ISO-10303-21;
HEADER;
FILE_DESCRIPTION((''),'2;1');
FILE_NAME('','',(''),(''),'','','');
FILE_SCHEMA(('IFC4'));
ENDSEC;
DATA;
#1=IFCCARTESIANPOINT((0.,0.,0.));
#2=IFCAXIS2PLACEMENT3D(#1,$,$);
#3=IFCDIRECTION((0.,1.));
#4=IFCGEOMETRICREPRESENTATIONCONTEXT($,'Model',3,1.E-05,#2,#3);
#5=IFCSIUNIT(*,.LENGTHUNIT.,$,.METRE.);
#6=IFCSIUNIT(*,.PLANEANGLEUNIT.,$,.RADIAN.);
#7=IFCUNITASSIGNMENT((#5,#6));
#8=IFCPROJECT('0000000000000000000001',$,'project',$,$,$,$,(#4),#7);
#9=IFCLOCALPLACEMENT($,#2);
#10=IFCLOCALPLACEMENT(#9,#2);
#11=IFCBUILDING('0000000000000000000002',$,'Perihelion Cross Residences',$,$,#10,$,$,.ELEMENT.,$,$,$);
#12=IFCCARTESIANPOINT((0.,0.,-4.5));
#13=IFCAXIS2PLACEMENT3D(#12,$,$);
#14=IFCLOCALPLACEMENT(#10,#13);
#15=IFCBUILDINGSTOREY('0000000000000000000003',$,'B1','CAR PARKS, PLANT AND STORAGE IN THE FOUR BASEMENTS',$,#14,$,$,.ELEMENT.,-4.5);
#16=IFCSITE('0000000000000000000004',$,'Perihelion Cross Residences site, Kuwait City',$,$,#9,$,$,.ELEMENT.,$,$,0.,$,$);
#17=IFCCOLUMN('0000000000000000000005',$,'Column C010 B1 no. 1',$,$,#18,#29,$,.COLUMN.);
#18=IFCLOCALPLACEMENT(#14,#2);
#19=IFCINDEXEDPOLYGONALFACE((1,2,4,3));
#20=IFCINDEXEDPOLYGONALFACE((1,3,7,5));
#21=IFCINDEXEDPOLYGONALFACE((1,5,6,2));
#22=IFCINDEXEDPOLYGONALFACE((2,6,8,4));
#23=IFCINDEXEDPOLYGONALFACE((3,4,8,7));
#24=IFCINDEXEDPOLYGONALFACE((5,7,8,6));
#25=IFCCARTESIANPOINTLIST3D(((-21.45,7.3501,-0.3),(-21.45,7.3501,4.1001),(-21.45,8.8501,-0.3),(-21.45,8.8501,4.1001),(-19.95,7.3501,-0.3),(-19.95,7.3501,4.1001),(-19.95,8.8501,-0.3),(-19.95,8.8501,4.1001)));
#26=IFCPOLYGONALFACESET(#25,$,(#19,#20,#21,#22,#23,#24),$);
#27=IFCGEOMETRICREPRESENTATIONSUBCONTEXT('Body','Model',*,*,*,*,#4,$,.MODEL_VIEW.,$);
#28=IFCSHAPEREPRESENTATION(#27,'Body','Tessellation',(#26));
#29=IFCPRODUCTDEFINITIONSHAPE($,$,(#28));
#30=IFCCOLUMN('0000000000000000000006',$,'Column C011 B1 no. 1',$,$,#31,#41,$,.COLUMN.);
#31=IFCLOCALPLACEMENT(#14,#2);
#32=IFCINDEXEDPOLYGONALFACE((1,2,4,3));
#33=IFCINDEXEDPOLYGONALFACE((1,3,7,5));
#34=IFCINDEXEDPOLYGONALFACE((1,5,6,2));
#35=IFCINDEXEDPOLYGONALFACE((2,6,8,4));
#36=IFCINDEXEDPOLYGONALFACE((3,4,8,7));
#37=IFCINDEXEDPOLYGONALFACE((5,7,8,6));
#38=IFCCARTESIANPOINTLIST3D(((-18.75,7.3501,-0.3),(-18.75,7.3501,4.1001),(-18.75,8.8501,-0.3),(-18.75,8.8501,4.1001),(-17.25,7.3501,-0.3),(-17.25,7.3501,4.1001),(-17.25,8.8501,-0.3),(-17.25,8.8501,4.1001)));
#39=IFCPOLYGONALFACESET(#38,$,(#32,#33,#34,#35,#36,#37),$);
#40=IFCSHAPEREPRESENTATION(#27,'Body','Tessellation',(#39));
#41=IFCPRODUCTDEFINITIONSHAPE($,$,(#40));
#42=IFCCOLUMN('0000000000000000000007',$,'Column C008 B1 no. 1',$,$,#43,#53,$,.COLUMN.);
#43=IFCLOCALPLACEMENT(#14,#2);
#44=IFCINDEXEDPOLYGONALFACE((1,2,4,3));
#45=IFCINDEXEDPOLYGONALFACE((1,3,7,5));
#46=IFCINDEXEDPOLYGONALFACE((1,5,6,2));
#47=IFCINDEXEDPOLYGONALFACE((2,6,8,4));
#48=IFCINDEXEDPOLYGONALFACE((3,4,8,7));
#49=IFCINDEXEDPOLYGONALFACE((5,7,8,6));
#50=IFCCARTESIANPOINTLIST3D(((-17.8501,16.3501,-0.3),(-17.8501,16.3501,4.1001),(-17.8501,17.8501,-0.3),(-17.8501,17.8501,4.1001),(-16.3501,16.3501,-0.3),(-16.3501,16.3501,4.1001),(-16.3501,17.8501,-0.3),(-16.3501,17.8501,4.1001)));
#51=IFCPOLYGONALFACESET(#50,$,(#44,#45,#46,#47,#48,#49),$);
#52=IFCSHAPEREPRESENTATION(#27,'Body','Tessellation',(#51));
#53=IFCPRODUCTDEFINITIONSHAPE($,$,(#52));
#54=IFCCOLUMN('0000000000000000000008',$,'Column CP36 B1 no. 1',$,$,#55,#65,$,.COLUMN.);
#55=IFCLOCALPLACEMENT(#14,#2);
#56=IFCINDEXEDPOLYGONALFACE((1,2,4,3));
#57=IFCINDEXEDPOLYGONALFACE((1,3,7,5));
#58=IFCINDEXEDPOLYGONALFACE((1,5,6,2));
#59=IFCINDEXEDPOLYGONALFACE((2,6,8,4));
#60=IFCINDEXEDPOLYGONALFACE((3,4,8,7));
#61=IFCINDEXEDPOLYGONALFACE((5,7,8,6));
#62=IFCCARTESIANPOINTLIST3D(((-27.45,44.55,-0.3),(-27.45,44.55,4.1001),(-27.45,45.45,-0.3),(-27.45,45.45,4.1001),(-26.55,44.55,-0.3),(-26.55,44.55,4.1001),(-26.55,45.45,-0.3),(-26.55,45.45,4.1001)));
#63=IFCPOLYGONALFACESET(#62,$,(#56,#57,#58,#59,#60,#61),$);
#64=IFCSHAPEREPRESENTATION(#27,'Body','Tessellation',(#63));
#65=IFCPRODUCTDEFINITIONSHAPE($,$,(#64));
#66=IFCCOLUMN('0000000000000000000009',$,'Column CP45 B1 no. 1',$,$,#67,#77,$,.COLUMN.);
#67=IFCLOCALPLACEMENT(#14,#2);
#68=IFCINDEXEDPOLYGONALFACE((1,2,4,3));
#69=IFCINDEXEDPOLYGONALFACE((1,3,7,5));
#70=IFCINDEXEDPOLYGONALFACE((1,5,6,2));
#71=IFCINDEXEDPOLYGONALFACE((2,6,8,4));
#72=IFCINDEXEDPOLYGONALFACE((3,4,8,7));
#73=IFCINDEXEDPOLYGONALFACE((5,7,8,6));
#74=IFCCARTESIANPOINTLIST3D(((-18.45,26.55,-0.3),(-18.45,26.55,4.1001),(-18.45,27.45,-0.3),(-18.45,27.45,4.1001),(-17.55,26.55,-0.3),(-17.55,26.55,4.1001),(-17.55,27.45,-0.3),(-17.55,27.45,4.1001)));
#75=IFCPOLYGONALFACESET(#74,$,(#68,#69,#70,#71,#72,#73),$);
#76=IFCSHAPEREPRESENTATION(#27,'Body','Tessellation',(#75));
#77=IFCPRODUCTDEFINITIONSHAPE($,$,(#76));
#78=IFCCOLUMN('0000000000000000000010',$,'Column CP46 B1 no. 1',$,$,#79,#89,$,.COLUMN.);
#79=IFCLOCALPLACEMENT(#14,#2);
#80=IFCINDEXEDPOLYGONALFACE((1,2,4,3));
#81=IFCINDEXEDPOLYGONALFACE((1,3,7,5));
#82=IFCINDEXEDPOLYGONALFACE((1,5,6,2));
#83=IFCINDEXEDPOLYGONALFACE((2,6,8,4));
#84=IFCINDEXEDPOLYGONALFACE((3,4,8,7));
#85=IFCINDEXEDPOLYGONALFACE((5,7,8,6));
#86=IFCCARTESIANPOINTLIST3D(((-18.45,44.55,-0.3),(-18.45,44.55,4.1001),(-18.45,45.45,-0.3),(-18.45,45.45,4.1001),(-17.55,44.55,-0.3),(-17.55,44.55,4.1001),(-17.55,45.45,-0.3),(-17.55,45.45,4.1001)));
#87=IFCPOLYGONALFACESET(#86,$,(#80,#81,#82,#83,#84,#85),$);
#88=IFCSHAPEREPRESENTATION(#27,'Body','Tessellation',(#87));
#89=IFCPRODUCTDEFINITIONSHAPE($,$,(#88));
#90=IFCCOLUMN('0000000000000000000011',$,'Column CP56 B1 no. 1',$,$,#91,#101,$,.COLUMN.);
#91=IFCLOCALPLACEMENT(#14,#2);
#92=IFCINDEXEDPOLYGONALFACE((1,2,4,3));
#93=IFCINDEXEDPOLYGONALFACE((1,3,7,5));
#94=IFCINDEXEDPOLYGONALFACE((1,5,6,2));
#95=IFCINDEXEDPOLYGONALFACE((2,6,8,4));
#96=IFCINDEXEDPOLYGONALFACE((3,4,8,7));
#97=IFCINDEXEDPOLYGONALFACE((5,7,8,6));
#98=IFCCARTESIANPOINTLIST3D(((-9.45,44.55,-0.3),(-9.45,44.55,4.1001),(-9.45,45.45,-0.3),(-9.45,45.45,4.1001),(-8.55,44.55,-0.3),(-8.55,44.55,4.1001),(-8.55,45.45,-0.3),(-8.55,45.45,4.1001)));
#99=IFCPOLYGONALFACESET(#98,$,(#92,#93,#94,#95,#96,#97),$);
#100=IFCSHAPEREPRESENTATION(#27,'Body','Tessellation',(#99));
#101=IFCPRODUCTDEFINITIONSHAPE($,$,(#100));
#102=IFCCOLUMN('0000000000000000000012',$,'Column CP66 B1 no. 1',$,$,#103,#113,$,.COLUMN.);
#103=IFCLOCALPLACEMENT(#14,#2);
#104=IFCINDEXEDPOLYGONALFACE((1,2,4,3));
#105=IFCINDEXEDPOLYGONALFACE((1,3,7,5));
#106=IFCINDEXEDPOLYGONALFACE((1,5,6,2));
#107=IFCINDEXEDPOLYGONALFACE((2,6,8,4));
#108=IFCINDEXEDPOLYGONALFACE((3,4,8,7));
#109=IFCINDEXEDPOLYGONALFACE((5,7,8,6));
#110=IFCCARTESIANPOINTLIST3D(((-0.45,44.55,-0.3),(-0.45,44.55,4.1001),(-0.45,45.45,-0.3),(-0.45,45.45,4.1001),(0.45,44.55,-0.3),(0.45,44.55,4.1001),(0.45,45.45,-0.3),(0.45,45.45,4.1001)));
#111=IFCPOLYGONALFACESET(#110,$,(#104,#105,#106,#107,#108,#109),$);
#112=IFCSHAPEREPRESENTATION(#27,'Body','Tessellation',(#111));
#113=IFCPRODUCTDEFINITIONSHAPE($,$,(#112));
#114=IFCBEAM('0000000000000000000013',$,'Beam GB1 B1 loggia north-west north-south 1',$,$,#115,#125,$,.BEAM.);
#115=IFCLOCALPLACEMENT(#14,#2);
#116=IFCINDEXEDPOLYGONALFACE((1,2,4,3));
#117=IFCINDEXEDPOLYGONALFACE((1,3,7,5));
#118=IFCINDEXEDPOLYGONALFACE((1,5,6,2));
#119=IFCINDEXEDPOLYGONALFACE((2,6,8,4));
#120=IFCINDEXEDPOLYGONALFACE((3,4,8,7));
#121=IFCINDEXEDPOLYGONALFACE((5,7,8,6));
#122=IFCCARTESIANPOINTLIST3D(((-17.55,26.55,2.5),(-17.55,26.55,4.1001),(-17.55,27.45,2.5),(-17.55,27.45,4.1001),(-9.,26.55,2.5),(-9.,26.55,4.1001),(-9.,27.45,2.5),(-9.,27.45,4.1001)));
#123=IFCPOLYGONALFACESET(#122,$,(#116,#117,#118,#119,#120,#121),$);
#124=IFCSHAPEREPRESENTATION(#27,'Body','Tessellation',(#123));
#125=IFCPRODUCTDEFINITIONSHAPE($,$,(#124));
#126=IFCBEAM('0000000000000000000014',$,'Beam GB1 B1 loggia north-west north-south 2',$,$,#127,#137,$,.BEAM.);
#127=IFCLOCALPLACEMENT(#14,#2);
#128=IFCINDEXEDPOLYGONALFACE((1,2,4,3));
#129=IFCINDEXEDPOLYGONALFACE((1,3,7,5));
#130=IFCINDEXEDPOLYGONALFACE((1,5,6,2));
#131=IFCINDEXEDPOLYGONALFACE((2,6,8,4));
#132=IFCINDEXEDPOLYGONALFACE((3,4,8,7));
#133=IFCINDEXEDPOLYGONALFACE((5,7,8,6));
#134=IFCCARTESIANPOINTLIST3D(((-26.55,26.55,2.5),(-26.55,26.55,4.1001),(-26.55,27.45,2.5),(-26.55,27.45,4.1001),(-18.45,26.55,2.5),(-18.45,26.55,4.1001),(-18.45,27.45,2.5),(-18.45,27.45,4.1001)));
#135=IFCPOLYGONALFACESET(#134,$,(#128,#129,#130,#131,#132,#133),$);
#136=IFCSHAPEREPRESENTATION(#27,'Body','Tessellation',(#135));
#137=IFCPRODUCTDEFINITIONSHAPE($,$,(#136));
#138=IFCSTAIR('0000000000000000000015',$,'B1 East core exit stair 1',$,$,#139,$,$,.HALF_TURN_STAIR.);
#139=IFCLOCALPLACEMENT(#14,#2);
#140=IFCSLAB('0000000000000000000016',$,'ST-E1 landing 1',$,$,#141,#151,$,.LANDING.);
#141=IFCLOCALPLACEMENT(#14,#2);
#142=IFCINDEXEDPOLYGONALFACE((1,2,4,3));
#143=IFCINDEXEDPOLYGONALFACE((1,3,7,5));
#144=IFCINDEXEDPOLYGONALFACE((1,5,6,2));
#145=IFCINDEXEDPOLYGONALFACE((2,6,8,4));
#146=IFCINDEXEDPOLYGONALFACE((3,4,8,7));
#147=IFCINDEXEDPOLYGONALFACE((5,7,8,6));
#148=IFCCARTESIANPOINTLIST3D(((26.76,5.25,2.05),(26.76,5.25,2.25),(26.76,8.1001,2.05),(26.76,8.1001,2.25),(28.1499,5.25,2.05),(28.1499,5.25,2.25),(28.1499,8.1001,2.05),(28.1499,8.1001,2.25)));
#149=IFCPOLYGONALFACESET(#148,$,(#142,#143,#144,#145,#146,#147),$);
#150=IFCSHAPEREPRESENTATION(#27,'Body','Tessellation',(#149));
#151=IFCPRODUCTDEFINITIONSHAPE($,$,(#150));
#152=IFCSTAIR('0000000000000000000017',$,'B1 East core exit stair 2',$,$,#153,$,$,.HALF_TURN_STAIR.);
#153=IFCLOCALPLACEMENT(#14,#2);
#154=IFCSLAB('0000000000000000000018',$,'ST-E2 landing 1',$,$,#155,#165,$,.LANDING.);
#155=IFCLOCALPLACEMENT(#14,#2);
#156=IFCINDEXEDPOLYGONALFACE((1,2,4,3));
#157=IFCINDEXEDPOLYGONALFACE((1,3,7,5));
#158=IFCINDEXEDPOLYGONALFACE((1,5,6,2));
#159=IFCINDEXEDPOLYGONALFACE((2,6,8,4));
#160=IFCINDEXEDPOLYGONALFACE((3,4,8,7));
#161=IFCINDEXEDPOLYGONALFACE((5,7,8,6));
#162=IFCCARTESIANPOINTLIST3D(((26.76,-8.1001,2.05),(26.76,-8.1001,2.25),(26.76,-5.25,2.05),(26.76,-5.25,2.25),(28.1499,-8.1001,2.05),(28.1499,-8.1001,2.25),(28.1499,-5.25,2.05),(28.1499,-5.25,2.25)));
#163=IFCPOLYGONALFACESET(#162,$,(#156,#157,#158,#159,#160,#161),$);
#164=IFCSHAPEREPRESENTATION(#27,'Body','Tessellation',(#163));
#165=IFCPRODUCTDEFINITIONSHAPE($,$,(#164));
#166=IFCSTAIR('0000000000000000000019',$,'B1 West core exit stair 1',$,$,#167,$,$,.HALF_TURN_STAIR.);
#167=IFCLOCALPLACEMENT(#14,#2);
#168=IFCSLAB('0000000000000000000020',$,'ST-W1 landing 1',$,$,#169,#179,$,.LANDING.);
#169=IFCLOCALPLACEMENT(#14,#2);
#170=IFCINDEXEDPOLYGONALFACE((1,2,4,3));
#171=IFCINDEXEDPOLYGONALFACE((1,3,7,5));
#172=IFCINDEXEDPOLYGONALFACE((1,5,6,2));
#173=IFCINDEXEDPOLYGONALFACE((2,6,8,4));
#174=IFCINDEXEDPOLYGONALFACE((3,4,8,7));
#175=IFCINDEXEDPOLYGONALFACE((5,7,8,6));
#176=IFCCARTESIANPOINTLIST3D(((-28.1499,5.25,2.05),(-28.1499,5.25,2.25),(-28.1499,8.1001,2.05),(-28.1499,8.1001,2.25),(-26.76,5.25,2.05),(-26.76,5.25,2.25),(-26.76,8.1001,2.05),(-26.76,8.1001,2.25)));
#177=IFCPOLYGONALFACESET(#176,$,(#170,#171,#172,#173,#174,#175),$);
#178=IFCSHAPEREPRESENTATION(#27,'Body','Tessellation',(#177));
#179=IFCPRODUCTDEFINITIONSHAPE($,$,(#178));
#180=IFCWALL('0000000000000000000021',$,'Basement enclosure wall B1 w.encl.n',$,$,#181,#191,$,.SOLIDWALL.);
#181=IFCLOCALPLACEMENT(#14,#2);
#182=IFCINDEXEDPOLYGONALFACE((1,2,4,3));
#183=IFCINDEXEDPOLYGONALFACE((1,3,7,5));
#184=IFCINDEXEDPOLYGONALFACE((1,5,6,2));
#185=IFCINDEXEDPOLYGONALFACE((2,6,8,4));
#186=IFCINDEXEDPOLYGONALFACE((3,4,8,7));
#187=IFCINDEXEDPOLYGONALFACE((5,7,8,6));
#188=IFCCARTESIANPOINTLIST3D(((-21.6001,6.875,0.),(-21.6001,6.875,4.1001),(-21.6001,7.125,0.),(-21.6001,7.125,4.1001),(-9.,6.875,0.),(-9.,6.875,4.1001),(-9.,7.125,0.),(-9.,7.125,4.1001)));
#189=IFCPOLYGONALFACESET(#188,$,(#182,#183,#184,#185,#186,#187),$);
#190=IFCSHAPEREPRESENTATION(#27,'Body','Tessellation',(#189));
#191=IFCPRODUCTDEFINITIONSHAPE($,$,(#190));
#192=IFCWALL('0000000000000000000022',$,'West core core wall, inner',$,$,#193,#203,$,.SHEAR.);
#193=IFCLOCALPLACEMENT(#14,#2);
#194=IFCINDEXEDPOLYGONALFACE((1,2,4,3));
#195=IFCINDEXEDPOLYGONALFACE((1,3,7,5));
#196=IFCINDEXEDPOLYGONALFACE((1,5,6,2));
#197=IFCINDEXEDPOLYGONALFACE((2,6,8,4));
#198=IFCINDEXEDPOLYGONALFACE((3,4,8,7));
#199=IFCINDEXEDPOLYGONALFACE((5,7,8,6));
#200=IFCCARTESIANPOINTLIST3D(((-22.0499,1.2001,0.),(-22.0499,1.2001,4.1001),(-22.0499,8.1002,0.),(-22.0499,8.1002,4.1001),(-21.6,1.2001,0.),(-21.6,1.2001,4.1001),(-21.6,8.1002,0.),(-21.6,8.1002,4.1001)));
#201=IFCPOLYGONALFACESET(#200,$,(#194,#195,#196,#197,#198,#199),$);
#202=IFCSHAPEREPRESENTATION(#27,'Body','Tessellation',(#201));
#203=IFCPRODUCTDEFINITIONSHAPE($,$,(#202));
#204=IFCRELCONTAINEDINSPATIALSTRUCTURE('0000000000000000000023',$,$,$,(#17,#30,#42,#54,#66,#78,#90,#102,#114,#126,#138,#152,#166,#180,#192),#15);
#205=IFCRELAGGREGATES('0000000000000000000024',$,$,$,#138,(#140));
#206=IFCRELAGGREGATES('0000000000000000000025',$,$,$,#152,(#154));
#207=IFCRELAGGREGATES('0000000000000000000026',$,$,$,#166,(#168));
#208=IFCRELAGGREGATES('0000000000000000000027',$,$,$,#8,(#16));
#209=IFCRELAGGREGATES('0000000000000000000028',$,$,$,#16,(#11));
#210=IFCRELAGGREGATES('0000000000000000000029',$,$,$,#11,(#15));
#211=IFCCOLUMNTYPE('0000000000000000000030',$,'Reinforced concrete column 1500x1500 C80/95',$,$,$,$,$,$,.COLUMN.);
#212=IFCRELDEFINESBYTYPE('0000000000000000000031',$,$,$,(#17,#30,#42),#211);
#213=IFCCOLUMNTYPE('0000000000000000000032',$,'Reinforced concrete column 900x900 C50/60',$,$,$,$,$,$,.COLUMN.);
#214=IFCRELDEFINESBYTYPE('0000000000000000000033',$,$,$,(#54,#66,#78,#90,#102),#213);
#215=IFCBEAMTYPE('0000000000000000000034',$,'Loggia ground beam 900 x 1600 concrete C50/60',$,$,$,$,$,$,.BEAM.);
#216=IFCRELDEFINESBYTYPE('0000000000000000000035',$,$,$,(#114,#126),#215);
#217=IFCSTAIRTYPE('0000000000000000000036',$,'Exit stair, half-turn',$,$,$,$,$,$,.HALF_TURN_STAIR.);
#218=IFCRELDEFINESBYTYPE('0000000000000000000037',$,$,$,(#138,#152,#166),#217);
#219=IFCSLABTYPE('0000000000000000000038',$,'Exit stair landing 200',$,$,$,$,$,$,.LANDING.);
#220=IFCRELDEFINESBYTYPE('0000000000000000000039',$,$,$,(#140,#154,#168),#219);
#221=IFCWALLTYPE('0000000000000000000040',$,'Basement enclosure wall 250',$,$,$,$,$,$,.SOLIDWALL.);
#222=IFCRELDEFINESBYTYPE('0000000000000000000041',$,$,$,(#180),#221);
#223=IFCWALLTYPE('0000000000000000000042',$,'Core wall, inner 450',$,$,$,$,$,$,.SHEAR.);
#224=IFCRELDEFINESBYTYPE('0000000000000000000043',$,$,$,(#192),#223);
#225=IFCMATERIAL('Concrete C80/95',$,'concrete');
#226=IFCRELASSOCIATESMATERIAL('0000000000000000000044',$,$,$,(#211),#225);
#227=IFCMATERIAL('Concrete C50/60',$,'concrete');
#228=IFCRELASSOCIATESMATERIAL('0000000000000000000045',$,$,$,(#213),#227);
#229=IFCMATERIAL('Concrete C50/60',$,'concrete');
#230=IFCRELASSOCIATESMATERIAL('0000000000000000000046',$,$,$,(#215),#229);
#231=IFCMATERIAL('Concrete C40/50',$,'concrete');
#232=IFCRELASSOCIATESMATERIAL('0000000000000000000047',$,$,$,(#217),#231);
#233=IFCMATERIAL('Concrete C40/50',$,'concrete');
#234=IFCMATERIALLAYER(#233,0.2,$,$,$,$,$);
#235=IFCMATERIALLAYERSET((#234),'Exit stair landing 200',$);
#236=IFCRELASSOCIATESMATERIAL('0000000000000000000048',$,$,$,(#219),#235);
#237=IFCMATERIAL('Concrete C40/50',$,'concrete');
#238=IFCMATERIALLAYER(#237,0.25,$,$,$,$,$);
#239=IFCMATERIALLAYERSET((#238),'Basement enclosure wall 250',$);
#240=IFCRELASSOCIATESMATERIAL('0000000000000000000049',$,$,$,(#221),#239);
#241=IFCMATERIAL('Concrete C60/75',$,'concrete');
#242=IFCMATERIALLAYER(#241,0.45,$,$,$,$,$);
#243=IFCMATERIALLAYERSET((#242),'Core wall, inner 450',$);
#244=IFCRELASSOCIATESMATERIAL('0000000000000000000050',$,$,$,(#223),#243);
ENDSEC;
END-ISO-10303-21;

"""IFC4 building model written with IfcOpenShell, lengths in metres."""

from ifc_helpers import new_model, si_unit, direction, frame, frame_2d, origin, origin_2d, place, context, subcontext, project, spatial, polyline, rectangle, outline, extrude, material, layer, layer_set, material_profile, profile_set, type_object, element, aggregate, save


model = new_model("IFC4")

# Units and contexts
model_context = context("Model", 3, precision=1e-05, world=origin(), true_north=direction((0.0, 1.0)))
body_context = subcontext(model_context, "Body", "Model", "MODEL_VIEW")
ifc_project = project(units=[si_unit("LENGTHUNIT", "METRE"), si_unit("PLANEANGLEUNIT", "RADIAN")], contexts=[model_context])

# Site, building, storey
site_placement = place(None, origin())
site = spatial("IfcSite", under=ifc_project, at=site_placement, Name="Perihelion Cross Residences site, Kuwait City", CompositionType="ELEMENT", RefElevation=0.0)
building_placement = place(site_placement, origin())
building = spatial("IfcBuilding", under=site, at=building_placement, Name="Perihelion Cross Residences", CompositionType="ELEMENT")
storey_placement = place(building_placement, frame((0.0, 0.0, -4.5)))
storey = spatial("IfcBuildingStorey", under=building, at=storey_placement, Name="B1", Description="CAR PARKS, PLANT AND STORAGE IN THE FOUR BASEMENTS", CompositionType="ELEMENT", Elevation=-4.5)

# Columns
ifc_material_1 = material(Name="Concrete C80/95", Category="concrete")
ifc_material_profile_1 = material_profile(ifc_material_1, rectangle(XDim=1.5, YDim=1.5, at=origin_2d()), Name="RC 1500x1500")
ifc_profile_set_1 = profile_set([ifc_material_profile_1], Name="Concrete C80/95")
column_type_1 = type_object("IfcColumnType", Name="Reinforced concrete column 1500x1500 C80/95", PredefinedType="COLUMN", material=ifc_profile_set_1)
for number, where, z_axis, x_axis, name in (
    (1, (-20.7, 8.1001, -0.3), (0.0, 0.0, 1.0), (1.0, 0.0, 0.0), "Column C010 B1 no. 1"),
    (2, (-18.0, 8.1001, -0.3), (0.0, 0.0, 1.0), (1.0, 0.0, 0.0), "Column C011 B1 no. 1"),
    (3, (-17.1001, 17.1001, -0.3), (0.0, 0.0, 1.0), (1.0, 0.0, 0.0), "Column C008 B1 no. 1"),
):
    element("IfcColumn", number, at=place(storey_placement, frame(where, z_axis=z_axis, x_axis=x_axis)), inside=storey, type_object=column_type_1, Name=name, PredefinedType="COLUMN", context=body_context, shape_type="SweptSolid", body=[
        extrude(rectangle(XDim=1.5, YDim=1.5, at=origin_2d()), origin(), (0.0, 0.0, 1.0), 4.4001),
    ])
ifc_material_2 = material(Name="Concrete C50/60", Category="concrete")
ifc_material_profile_2 = material_profile(ifc_material_2, rectangle(XDim=0.8999, YDim=0.8999, at=origin_2d()), Name="RC 900x900")
ifc_profile_set_2 = profile_set([ifc_material_profile_2], Name="Concrete C50/60")
column_type_2 = type_object("IfcColumnType", Name="Reinforced concrete column 900x900 C50/60", PredefinedType="COLUMN", material=ifc_profile_set_2)
for number, where, z_axis, x_axis, name in (
    (4, (-27.0, 45.0, -0.3), (0.0, 0.0, 1.0), (1.0, 0.0, 0.0), "Column CP36 B1 no. 1"),
    (5, (-18.0, 27.0, -0.3), (0.0, 0.0, 1.0), (1.0, 0.0, 0.0), "Column CP45 B1 no. 1"),
    (6, (-18.0, 45.0, -0.3), (0.0, 0.0, 1.0), (1.0, 0.0, 0.0), "Column CP46 B1 no. 1"),
    (7, (-9.0, 45.0, -0.3), (0.0, 0.0, 1.0), (1.0, 0.0, 0.0), "Column CP56 B1 no. 1"),
    (8, (0.0, 45.0, -0.3), (0.0, 0.0, 1.0), (1.0, 0.0, 0.0), "Column CP66 B1 no. 1"),
):
    element("IfcColumn", number, at=place(storey_placement, frame(where, z_axis=z_axis, x_axis=x_axis)), inside=storey, type_object=column_type_2, Name=name, PredefinedType="COLUMN", context=body_context, shape_type="SweptSolid", body=[
        extrude(rectangle(XDim=0.8999, YDim=0.8999, at=origin_2d()), origin(), (0.0, 0.0, 1.0), 4.4001),
    ])

# Beams
ifc_material_3 = material(Name="Concrete C50/60", Category="concrete")
ifc_material_profile_3 = material_profile(ifc_material_3, rectangle(XDim=0.8999, YDim=1.6001, at=origin_2d()), Name="RC 900x1600")
ifc_profile_set_3 = profile_set([ifc_material_profile_3], Name="Concrete C50/60")
beam_type = type_object("IfcBeamType", Name="Loggia ground beam 900 x 1600 concrete C50/60", PredefinedType="BEAM", material=ifc_profile_set_3)
beam_1_placement = place(storey_placement, frame((-9.0, 27.0, 3.3), z_axis=(-1.0, 0.0, 0.0), x_axis=(0.0, -1.0, 0.0)))
element("IfcBeam", 9, at=beam_1_placement, inside=storey, type_object=beam_type, Name="Beam GB1 B1 loggia north-west north-south 1", PredefinedType="BEAM", context=body_context, shape_type="SweptSolid", body=[
    extrude(rectangle(XDim=0.8999, YDim=1.6001, at=origin_2d()), origin(), (0.0, 0.0, 1.0), 8.55),
])
beam_2_placement = place(storey_placement, frame((-18.45, 27.0, 3.3), z_axis=(-1.0, 0.0, 0.0), x_axis=(0.0, -1.0, 0.0)))
element("IfcBeam", 10, at=beam_2_placement, inside=storey, type_object=beam_type, Name="Beam GB1 B1 loggia north-west north-south 2", PredefinedType="BEAM", context=body_context, shape_type="SweptSolid", body=[
    extrude(rectangle(XDim=0.8999, YDim=1.6001, at=origin_2d()), origin(), (0.0, 0.0, 1.0), 8.1001),
])

# Stairs, slabs
ifc_material_4 = material(Name="Concrete C40/50", Category="concrete")
stair_type = type_object("IfcStairType", Name="Exit stair, half-turn", PredefinedType="HALF_TURN_STAIR", material=ifc_material_4)
stair_1_placement = place(storey_placement, origin())
stair_1 = element("IfcStair", 11, at=stair_1_placement, inside=storey, type_object=stair_type, Name="B1 East core exit stair 1", PredefinedType="HALF_TURN_STAIR")
ifc_material_5 = material(Name="Concrete C40/50", Category="concrete")
ifc_layer_1 = layer(ifc_material_5, 0.2)
ifc_layer_set_1 = layer_set([ifc_layer_1], Name="Exit stair landing 200")
slab_type_1 = type_object("IfcSlabType", Name="Exit stair landing 200", PredefinedType="LANDING", material=ifc_layer_set_1)
slab_1_placement = place(storey_placement, frame((0.0, 0.0, 2.05)))
slab_1 = element("IfcSlab", 12, at=slab_1_placement, type_object=slab_type_1, Name="ST-E1 landing 1", PredefinedType="LANDING", context=body_context, shape_type="SweptSolid", body=[
    extrude(outline(polyline([(26.76, 5.25), (28.1499, 5.25), (28.1499, 8.1001), (26.76, 8.1001), (26.76, 5.25)])), origin(), (0.0, 0.0, 1.0), 0.2),
])
aggregate(stair_1, [slab_1])
stair_2_placement = place(storey_placement, origin())
stair_2 = element("IfcStair", 13, at=stair_2_placement, inside=storey, type_object=stair_type, Name="B1 East core exit stair 2", PredefinedType="HALF_TURN_STAIR")
slab_2_placement = place(storey_placement, frame((0.0, 0.0, 2.05)))
slab_2 = element("IfcSlab", 14, at=slab_2_placement, type_object=slab_type_1, Name="ST-E2 landing 1", PredefinedType="LANDING", context=body_context, shape_type="SweptSolid", body=[
    extrude(outline(polyline([(26.76, -8.1001), (28.1499, -8.1001), (28.1499, -5.25), (26.76, -5.25), (26.76, -8.1001)])), origin(), (0.0, 0.0, 1.0), 0.2),
])
aggregate(stair_2, [slab_2])
stair_3_placement = place(storey_placement, origin())
stair_3 = element("IfcStair", 15, at=stair_3_placement, inside=storey, type_object=stair_type, Name="B1 West core exit stair 1", PredefinedType="HALF_TURN_STAIR")
slab_3_placement = place(storey_placement, frame((0.0, 0.0, 2.05)))
slab_3 = element("IfcSlab", 16, at=slab_3_placement, type_object=slab_type_1, Name="ST-W1 landing 1", PredefinedType="LANDING", context=body_context, shape_type="SweptSolid", body=[
    extrude(outline(polyline([(-26.76, 8.1001), (-28.1499, 8.1001), (-28.1499, 5.25), (-26.76, 5.25), (-26.76, 8.1001)])), origin(), (0.0, 0.0, 1.0), 0.2),
])

# Walls
ifc_material_6 = material(Name="Concrete C40/50", Category="concrete")
ifc_layer_2 = layer(ifc_material_6, 0.25)
ifc_layer_set_2 = layer_set([ifc_layer_2], Name="Basement enclosure wall 250")
wall_type_1 = type_object("IfcWallType", Name="Basement enclosure wall 250", PredefinedType="SOLIDWALL", material=ifc_layer_set_2)
wall_1_placement = place(storey_placement, frame((-9.0, 7.0, 0.0), z_axis=(0.0, 0.0, 1.0), x_axis=(-1.0, 0.0, 0.0)))
element("IfcWall", 17, at=wall_1_placement, inside=storey, type_object=wall_type_1, Name="Basement enclosure wall B1 w.encl.n", PredefinedType="SOLIDWALL", context=body_context, shape_type="SweptSolid", body=[
    extrude(rectangle(XDim=12.6001, YDim=0.25, at=frame_2d((6.3, 0.0))), origin(), (0.0, 0.0, 1.0), 4.1001),
])
ifc_material_7 = material(Name="Concrete C60/75", Category="concrete")
ifc_layer_3 = layer(ifc_material_7, 0.45)
ifc_layer_set_3 = layer_set([ifc_layer_3], Name="Core wall, inner 450")
wall_type_2 = type_object("IfcWallType", Name="Core wall, inner 450", PredefinedType="SHEAR", material=ifc_layer_set_3)
wall_2_placement = place(storey_placement, frame((-21.825, 1.2, 0.0), z_axis=(0.0, 0.0, 1.0), x_axis=(0.0, 1.0, 0.0)))
element("IfcWall", 18, at=wall_2_placement, inside=storey, type_object=wall_type_2, Name="West core core wall, inner", PredefinedType="SHEAR", context=body_context, shape_type="SweptSolid", body=[
    extrude(rectangle(XDim=6.9001, YDim=0.45, at=frame_2d((3.4502, 0.0))), origin(), (0.0, 0.0, 1.0), 4.1001),
])

aggregate(stair_3, [slab_3])

save(model, "model.ifc")
